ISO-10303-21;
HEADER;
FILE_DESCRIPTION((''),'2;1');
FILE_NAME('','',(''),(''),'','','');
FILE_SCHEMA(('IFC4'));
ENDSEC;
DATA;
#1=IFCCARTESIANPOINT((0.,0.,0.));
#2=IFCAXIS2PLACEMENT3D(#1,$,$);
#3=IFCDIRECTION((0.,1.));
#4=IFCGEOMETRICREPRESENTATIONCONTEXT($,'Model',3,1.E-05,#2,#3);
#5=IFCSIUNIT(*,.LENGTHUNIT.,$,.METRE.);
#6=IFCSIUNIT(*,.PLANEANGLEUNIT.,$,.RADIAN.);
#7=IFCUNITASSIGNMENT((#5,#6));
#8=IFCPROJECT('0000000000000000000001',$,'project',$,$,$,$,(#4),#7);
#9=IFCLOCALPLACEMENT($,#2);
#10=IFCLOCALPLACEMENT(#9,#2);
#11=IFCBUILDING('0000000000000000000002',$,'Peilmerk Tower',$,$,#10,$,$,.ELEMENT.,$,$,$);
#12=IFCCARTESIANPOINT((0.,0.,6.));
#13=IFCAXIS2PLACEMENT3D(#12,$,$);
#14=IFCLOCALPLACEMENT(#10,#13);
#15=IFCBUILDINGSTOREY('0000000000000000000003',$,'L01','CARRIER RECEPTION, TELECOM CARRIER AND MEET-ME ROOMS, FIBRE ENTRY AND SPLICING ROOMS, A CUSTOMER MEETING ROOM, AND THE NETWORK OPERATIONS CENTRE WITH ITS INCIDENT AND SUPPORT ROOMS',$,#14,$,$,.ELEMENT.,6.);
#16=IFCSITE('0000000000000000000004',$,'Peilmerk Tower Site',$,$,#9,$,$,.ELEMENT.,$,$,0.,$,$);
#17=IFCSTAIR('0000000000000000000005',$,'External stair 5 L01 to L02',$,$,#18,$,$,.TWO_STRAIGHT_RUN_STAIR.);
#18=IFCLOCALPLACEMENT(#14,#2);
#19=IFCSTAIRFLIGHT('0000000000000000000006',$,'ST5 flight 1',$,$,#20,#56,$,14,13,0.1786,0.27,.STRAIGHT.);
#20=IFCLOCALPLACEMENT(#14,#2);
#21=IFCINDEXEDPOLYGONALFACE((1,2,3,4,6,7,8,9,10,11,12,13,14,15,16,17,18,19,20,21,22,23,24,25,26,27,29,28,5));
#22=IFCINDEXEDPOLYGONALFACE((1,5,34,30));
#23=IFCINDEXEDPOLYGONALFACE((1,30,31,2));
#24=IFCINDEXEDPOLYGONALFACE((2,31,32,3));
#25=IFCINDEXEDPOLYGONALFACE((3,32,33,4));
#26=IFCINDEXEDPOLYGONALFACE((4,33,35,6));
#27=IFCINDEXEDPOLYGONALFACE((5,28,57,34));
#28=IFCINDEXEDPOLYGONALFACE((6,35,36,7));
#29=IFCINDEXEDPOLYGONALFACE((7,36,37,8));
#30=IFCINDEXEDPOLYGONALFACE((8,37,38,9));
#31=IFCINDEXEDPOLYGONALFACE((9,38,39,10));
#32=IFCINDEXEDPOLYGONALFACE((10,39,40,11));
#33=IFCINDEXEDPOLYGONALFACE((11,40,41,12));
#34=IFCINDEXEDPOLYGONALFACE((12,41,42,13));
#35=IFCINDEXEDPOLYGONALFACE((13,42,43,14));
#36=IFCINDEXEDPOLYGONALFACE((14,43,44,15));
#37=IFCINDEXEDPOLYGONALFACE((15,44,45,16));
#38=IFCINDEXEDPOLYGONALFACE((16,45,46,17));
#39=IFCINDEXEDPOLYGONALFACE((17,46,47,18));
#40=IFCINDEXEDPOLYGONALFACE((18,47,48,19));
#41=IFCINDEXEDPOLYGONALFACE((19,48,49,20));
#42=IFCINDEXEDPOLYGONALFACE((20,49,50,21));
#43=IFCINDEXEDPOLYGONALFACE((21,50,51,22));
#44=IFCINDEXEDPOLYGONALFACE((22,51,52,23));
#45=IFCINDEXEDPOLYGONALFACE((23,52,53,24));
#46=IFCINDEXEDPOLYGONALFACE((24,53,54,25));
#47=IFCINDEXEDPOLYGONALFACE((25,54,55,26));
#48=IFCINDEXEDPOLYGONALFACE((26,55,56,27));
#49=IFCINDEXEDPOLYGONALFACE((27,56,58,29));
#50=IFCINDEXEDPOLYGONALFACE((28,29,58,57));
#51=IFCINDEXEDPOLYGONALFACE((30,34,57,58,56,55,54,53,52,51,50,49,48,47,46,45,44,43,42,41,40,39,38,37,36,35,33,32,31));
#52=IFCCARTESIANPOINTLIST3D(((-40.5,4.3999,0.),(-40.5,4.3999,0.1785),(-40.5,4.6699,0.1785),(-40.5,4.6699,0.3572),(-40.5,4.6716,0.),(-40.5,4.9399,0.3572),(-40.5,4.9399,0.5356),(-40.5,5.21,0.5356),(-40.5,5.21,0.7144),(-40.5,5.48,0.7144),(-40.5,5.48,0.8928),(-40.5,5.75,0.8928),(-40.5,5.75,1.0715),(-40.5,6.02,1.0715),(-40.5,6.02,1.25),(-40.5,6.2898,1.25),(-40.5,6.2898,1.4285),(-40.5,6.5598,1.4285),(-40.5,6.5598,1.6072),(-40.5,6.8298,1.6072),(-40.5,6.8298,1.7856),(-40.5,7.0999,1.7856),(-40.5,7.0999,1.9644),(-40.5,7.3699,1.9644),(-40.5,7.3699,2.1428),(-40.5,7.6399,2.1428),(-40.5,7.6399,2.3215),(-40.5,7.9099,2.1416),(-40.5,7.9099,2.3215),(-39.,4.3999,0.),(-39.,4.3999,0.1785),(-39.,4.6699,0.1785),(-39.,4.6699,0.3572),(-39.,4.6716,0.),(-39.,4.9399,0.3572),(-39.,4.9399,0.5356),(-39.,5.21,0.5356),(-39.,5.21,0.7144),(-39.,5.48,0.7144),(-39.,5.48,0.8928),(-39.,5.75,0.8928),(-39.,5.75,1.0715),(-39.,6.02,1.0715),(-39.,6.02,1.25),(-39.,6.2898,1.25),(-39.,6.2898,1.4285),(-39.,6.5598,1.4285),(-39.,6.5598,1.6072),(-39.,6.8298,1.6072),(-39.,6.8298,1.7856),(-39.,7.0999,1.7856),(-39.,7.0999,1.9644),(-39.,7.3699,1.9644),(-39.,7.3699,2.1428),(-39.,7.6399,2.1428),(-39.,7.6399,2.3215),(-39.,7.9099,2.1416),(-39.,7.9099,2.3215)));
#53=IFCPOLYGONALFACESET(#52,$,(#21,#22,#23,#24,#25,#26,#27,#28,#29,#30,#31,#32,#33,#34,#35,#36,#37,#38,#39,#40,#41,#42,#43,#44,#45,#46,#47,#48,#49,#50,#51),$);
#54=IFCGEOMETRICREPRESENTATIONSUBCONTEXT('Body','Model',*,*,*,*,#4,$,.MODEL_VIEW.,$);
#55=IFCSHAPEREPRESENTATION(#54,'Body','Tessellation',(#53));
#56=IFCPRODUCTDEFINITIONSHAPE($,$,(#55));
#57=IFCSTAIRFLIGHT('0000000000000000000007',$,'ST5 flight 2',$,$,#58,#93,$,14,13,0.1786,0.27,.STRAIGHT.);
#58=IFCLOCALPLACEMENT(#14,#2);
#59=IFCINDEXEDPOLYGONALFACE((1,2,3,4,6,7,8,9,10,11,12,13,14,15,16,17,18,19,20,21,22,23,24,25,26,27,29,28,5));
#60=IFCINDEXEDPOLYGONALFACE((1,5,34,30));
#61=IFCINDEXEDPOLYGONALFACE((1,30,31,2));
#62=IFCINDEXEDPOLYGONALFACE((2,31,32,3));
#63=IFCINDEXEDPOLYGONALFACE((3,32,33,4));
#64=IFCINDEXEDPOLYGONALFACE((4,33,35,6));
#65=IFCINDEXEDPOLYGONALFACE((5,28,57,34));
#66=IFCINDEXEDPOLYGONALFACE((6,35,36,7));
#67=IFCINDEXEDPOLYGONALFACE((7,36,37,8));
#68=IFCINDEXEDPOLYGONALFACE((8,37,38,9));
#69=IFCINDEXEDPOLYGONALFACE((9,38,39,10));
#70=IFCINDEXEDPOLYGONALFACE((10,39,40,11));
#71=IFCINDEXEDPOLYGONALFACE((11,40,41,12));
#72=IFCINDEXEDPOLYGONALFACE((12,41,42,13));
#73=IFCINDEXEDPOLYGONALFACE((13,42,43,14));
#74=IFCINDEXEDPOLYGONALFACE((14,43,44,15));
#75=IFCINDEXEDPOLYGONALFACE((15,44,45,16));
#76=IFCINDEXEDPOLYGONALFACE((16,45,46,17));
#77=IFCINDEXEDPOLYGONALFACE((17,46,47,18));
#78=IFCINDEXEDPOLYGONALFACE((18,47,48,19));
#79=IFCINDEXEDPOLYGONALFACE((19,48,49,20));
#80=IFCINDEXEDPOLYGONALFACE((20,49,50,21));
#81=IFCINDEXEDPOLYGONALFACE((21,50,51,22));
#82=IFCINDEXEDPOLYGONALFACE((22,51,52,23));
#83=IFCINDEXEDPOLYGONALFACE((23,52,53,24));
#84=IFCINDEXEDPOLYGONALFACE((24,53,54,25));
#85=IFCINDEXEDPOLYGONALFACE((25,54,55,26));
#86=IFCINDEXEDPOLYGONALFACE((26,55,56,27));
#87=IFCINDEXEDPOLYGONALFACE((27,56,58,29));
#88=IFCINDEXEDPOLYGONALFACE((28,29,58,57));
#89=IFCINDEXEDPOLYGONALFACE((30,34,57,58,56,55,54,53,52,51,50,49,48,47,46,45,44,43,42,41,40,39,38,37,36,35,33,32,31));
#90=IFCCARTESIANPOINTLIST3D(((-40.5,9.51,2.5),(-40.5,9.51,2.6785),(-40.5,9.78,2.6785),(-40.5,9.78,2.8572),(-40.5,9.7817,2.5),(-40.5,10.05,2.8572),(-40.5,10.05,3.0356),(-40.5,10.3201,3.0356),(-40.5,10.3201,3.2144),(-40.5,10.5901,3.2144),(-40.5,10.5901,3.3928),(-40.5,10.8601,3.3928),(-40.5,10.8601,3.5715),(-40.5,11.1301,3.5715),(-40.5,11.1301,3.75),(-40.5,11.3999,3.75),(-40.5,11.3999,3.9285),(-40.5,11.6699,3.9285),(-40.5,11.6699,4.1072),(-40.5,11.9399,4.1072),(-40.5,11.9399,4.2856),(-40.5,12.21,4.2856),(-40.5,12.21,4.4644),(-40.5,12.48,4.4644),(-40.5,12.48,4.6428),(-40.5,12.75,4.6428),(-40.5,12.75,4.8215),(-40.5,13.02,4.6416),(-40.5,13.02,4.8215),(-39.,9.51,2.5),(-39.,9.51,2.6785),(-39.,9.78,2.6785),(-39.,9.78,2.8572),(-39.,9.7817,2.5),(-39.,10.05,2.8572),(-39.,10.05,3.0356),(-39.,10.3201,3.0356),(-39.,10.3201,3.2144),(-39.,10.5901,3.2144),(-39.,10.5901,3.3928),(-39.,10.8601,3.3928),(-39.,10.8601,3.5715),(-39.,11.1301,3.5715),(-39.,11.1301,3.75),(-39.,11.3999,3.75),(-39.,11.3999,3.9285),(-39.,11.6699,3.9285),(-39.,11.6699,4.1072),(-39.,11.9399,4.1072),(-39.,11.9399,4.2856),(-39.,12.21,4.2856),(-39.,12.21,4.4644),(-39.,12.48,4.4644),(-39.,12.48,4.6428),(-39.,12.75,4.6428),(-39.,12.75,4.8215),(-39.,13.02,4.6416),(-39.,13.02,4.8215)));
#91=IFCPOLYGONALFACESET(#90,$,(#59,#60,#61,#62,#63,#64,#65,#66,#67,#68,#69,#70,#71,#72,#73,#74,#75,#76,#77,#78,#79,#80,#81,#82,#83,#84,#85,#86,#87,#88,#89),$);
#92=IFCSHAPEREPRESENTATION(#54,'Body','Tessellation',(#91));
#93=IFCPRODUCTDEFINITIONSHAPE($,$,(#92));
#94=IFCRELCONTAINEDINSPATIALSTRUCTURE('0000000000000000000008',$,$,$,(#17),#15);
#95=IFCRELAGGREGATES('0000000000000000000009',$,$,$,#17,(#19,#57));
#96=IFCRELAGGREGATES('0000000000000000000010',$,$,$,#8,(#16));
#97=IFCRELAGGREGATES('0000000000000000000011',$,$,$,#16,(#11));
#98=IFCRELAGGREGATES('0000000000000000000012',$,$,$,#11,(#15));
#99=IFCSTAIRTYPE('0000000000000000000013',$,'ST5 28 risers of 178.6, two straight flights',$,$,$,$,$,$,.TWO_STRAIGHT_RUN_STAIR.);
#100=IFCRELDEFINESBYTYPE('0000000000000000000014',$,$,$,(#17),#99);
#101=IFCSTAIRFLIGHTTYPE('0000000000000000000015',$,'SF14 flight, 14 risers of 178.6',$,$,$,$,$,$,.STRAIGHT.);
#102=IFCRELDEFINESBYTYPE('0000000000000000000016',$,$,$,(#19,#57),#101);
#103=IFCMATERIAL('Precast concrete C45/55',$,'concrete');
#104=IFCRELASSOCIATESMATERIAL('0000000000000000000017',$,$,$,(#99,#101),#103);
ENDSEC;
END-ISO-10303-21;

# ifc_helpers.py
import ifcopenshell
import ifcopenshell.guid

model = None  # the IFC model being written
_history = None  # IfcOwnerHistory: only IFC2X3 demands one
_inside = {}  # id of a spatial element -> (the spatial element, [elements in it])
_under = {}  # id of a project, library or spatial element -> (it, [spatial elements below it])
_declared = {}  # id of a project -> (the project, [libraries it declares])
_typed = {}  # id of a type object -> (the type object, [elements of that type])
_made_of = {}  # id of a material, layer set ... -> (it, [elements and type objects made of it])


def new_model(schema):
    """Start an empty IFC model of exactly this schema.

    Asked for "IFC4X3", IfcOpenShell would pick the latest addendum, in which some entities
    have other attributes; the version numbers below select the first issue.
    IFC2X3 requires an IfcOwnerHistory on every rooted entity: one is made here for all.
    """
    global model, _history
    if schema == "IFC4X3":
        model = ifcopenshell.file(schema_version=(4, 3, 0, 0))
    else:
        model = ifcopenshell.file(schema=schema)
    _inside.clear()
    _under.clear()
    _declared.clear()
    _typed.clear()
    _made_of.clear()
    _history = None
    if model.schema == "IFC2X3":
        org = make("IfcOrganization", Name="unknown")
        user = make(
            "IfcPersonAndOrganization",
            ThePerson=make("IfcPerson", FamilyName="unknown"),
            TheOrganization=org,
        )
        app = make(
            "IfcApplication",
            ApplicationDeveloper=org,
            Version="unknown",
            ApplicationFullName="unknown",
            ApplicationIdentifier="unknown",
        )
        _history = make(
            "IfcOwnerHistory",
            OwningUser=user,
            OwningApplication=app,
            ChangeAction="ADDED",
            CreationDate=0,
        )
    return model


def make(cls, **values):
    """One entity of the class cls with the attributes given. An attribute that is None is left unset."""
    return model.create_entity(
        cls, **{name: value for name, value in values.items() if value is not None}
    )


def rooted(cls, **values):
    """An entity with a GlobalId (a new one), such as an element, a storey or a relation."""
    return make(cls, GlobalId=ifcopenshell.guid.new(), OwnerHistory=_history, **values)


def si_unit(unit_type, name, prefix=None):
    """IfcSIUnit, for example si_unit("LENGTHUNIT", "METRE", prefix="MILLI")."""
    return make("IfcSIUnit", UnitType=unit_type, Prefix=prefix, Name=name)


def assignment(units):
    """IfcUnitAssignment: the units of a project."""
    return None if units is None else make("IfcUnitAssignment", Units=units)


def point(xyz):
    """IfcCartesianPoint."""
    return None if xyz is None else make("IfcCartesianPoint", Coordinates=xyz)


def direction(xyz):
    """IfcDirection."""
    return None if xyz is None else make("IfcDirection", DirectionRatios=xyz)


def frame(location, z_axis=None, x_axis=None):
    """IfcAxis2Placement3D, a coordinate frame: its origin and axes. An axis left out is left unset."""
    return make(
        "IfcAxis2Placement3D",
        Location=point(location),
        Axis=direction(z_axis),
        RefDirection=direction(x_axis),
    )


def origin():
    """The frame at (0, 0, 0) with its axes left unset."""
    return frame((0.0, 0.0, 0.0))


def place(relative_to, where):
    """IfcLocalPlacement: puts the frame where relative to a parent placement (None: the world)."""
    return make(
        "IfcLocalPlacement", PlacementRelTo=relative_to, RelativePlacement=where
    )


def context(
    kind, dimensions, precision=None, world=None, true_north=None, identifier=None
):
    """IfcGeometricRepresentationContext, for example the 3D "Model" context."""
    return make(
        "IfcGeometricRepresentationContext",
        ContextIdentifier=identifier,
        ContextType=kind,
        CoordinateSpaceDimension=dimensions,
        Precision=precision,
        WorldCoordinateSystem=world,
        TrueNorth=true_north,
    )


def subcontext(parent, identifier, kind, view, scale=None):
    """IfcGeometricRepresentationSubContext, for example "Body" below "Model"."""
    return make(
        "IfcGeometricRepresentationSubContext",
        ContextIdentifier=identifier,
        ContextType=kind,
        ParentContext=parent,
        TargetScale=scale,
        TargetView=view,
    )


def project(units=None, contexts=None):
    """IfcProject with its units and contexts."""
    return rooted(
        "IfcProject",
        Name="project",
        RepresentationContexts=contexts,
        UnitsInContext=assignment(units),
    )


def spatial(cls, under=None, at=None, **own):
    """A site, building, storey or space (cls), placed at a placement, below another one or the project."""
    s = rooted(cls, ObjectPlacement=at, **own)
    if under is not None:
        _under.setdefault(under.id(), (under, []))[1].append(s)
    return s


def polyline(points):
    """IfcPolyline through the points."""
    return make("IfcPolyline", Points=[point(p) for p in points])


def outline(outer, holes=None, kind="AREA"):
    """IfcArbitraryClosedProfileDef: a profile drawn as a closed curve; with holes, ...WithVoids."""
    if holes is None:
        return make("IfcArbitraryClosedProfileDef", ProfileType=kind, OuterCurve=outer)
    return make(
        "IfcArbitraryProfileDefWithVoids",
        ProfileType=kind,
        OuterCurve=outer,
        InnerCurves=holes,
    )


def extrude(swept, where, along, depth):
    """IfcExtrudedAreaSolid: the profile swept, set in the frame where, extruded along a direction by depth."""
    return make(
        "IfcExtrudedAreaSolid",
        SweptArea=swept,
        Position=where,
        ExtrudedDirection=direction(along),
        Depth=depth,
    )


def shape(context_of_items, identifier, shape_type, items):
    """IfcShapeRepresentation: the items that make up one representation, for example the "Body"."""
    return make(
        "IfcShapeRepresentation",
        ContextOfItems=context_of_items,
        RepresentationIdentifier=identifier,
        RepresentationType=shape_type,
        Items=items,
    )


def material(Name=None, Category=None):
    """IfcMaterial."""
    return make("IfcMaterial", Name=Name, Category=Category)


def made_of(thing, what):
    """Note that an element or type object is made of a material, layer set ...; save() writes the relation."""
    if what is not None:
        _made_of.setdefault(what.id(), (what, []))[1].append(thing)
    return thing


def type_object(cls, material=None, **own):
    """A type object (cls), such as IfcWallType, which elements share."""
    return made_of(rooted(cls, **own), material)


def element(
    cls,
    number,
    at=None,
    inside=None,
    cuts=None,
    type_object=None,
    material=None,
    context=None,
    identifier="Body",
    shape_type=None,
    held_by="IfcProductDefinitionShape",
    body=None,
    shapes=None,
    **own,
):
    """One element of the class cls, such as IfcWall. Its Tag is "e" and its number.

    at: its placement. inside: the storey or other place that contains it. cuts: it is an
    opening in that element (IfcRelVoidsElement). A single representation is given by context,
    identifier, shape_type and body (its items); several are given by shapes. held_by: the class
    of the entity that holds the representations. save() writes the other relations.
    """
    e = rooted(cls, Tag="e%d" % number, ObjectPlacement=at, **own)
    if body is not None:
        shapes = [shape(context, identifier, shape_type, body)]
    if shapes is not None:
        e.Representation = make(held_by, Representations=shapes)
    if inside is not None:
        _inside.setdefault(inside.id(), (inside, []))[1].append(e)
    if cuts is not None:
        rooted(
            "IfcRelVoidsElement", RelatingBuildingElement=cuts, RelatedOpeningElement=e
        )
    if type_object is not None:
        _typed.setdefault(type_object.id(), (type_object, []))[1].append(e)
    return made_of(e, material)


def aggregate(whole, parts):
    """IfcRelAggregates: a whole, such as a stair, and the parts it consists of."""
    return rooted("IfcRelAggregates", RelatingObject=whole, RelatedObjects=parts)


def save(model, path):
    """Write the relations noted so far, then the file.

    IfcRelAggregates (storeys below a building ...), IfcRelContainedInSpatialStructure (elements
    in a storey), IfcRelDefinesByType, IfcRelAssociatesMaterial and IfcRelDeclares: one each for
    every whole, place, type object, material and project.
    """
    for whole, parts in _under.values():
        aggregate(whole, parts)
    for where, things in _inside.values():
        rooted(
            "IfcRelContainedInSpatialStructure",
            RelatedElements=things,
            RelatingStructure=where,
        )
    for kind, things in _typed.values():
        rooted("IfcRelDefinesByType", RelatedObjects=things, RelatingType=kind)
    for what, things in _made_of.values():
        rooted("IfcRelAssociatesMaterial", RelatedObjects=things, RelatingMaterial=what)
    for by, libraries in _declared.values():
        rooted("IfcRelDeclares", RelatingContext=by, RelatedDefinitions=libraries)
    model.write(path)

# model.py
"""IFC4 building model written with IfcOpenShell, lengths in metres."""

from ifc_helpers import new_model, si_unit, direction, frame, origin, place, context, subcontext, project, spatial, polyline, outline, extrude, material, type_object, element, aggregate, save


model = new_model("IFC4")

# Units and contexts
model_context = context("Model", 3, precision=1e-05, world=origin(), true_north=direction((0.0, 1.0)))
body_context = subcontext(model_context, "Body", "Model", "MODEL_VIEW")
ifc_project = project(units=[si_unit("LENGTHUNIT", "METRE"), si_unit("PLANEANGLEUNIT", "RADIAN")], contexts=[model_context])

# Site, building, storey
site_placement = place(None, origin())
site = spatial("IfcSite", under=ifc_project, at=site_placement, Name="Peilmerk Tower Site", CompositionType="ELEMENT", RefElevation=0.0)
building_placement = place(site_placement, origin())
building = spatial("IfcBuilding", under=site, at=building_placement, Name="Peilmerk Tower", CompositionType="ELEMENT")
storey_placement = place(building_placement, frame((0.0, 0.0, 6.0)))
storey = spatial("IfcBuildingStorey", under=building, at=storey_placement, Name="L01", Description="CARRIER RECEPTION, TELECOM CARRIER AND MEET-ME ROOMS, FIBRE ENTRY AND SPLICING ROOMS, A CUSTOMER MEETING ROOM, AND THE NETWORK OPERATIONS CENTRE WITH ITS INCIDENT AND SUPPORT ROOMS", CompositionType="ELEMENT", Elevation=6.0)

# Stair, stair flights
ifc_material_1 = material(Name="Precast concrete C45/55", Category="concrete")
stair_type = type_object("IfcStairType", Name="ST5 28 risers of 178.6, two straight flights", PredefinedType="TWO_STRAIGHT_RUN_STAIR", material=ifc_material_1)
stair_placement = place(storey_placement, origin())
stair = element("IfcStair", 1, at=stair_placement, inside=storey, type_object=stair_type, Name="External stair 5 L01 to L02", PredefinedType="TWO_STRAIGHT_RUN_STAIR")
stair_flight_type = type_object("IfcStairFlightType", Name="SF14 flight, 14 risers of 178.6", PredefinedType="STRAIGHT", material=ifc_material_1)
stair_flight_1_placement = place(storey_placement, frame((-39.75, 4.3999, 0.0), z_axis=(0.0, 0.0, 1.0), x_axis=(0.0, 1.0, 0.0)))
stair_flight_1 = element("IfcStairFlight", 2, at=stair_flight_1_placement, type_object=stair_flight_type, Name="ST5 flight 1", NumberOfRisers=14, NumberOfTreads=13, PredefinedType="STRAIGHT", RiserHeight=0.1786, TreadLength=0.27, context=body_context, shape_type="SweptSolid", body=[
    extrude(outline(polyline([(0.0, 0.0), (0.0, 0.1785), (0.27, 0.1785), (0.27, 0.3572), (0.54, 0.3572), (0.54, 0.5356), (0.8101, 0.5356), (0.8101, 0.7144), (1.0801, 0.7144), (1.0801, 0.8928), (1.3501, 0.8928), (1.3501, 1.0715), (1.6201, 1.0715), (1.6201, 1.25), (1.8899, 1.25), (1.8899, 1.4285), (2.1599, 1.4285), (2.1599, 1.6072), (2.4299, 1.6072), (2.4299, 1.7856), (2.7, 1.7856), (2.7, 1.9644), (2.97, 1.9644), (2.97, 2.1428), (3.24, 2.1428), (3.24, 2.3215), (3.51, 2.3215), (3.51, 2.5), (3.51, 2.1416), (0.2717, 0.0), (0.0, 0.0)])), frame((0.0, 0.75, 0.0), z_axis=(0.0, -1.0, 0.0), x_axis=(1.0, 0.0, 0.0)), (0.0, 0.0, 1.0), 1.5),
])
stair_flight_2_placement = place(storey_placement, frame((-39.75, 9.51, 2.5), z_axis=(0.0, 0.0, 1.0), x_axis=(0.0, 1.0, 0.0)))
stair_flight_2 = element("IfcStairFlight", 3, at=stair_flight_2_placement, type_object=stair_flight_type, Name="ST5 flight 2", NumberOfRisers=14, NumberOfTreads=13, PredefinedType="STRAIGHT", RiserHeight=0.1786, TreadLength=0.27, context=body_context, shape_type="SweptSolid", body=[
    extrude(outline(polyline([(0.0, 0.0), (0.0, 0.1785), (0.27, 0.1785), (0.27, 0.3572), (0.54, 0.3572), (0.54, 0.5356), (0.8101, 0.5356), (0.8101, 0.7144), (1.0801, 0.7144), (1.0801, 0.8928), (1.3501, 0.8928), (1.3501, 1.0715), (1.6201, 1.0715), (1.6201, 1.25), (1.8899, 1.25), (1.8899, 1.4285), (2.1599, 1.4285), (2.1599, 1.6072), (2.4299, 1.6072), (2.4299, 1.7856), (2.7, 1.7856), (2.7, 1.9644), (2.97, 1.9644), (2.97, 2.1428), (3.24, 2.1428), (3.24, 2.3215), (3.51, 2.3215), (3.51, 2.5), (3.51, 2.1416), (0.2717, 0.0), (0.0, 0.0)])), frame((0.0, 0.75, 0.0), z_axis=(0.0, -1.0, 0.0), x_axis=(1.0, 0.0, 0.0)), (0.0, 0.0, 1.0), 1.5),
])
aggregate(stair, [stair_flight_1, stair_flight_2])

save(model, "model.ifc")
